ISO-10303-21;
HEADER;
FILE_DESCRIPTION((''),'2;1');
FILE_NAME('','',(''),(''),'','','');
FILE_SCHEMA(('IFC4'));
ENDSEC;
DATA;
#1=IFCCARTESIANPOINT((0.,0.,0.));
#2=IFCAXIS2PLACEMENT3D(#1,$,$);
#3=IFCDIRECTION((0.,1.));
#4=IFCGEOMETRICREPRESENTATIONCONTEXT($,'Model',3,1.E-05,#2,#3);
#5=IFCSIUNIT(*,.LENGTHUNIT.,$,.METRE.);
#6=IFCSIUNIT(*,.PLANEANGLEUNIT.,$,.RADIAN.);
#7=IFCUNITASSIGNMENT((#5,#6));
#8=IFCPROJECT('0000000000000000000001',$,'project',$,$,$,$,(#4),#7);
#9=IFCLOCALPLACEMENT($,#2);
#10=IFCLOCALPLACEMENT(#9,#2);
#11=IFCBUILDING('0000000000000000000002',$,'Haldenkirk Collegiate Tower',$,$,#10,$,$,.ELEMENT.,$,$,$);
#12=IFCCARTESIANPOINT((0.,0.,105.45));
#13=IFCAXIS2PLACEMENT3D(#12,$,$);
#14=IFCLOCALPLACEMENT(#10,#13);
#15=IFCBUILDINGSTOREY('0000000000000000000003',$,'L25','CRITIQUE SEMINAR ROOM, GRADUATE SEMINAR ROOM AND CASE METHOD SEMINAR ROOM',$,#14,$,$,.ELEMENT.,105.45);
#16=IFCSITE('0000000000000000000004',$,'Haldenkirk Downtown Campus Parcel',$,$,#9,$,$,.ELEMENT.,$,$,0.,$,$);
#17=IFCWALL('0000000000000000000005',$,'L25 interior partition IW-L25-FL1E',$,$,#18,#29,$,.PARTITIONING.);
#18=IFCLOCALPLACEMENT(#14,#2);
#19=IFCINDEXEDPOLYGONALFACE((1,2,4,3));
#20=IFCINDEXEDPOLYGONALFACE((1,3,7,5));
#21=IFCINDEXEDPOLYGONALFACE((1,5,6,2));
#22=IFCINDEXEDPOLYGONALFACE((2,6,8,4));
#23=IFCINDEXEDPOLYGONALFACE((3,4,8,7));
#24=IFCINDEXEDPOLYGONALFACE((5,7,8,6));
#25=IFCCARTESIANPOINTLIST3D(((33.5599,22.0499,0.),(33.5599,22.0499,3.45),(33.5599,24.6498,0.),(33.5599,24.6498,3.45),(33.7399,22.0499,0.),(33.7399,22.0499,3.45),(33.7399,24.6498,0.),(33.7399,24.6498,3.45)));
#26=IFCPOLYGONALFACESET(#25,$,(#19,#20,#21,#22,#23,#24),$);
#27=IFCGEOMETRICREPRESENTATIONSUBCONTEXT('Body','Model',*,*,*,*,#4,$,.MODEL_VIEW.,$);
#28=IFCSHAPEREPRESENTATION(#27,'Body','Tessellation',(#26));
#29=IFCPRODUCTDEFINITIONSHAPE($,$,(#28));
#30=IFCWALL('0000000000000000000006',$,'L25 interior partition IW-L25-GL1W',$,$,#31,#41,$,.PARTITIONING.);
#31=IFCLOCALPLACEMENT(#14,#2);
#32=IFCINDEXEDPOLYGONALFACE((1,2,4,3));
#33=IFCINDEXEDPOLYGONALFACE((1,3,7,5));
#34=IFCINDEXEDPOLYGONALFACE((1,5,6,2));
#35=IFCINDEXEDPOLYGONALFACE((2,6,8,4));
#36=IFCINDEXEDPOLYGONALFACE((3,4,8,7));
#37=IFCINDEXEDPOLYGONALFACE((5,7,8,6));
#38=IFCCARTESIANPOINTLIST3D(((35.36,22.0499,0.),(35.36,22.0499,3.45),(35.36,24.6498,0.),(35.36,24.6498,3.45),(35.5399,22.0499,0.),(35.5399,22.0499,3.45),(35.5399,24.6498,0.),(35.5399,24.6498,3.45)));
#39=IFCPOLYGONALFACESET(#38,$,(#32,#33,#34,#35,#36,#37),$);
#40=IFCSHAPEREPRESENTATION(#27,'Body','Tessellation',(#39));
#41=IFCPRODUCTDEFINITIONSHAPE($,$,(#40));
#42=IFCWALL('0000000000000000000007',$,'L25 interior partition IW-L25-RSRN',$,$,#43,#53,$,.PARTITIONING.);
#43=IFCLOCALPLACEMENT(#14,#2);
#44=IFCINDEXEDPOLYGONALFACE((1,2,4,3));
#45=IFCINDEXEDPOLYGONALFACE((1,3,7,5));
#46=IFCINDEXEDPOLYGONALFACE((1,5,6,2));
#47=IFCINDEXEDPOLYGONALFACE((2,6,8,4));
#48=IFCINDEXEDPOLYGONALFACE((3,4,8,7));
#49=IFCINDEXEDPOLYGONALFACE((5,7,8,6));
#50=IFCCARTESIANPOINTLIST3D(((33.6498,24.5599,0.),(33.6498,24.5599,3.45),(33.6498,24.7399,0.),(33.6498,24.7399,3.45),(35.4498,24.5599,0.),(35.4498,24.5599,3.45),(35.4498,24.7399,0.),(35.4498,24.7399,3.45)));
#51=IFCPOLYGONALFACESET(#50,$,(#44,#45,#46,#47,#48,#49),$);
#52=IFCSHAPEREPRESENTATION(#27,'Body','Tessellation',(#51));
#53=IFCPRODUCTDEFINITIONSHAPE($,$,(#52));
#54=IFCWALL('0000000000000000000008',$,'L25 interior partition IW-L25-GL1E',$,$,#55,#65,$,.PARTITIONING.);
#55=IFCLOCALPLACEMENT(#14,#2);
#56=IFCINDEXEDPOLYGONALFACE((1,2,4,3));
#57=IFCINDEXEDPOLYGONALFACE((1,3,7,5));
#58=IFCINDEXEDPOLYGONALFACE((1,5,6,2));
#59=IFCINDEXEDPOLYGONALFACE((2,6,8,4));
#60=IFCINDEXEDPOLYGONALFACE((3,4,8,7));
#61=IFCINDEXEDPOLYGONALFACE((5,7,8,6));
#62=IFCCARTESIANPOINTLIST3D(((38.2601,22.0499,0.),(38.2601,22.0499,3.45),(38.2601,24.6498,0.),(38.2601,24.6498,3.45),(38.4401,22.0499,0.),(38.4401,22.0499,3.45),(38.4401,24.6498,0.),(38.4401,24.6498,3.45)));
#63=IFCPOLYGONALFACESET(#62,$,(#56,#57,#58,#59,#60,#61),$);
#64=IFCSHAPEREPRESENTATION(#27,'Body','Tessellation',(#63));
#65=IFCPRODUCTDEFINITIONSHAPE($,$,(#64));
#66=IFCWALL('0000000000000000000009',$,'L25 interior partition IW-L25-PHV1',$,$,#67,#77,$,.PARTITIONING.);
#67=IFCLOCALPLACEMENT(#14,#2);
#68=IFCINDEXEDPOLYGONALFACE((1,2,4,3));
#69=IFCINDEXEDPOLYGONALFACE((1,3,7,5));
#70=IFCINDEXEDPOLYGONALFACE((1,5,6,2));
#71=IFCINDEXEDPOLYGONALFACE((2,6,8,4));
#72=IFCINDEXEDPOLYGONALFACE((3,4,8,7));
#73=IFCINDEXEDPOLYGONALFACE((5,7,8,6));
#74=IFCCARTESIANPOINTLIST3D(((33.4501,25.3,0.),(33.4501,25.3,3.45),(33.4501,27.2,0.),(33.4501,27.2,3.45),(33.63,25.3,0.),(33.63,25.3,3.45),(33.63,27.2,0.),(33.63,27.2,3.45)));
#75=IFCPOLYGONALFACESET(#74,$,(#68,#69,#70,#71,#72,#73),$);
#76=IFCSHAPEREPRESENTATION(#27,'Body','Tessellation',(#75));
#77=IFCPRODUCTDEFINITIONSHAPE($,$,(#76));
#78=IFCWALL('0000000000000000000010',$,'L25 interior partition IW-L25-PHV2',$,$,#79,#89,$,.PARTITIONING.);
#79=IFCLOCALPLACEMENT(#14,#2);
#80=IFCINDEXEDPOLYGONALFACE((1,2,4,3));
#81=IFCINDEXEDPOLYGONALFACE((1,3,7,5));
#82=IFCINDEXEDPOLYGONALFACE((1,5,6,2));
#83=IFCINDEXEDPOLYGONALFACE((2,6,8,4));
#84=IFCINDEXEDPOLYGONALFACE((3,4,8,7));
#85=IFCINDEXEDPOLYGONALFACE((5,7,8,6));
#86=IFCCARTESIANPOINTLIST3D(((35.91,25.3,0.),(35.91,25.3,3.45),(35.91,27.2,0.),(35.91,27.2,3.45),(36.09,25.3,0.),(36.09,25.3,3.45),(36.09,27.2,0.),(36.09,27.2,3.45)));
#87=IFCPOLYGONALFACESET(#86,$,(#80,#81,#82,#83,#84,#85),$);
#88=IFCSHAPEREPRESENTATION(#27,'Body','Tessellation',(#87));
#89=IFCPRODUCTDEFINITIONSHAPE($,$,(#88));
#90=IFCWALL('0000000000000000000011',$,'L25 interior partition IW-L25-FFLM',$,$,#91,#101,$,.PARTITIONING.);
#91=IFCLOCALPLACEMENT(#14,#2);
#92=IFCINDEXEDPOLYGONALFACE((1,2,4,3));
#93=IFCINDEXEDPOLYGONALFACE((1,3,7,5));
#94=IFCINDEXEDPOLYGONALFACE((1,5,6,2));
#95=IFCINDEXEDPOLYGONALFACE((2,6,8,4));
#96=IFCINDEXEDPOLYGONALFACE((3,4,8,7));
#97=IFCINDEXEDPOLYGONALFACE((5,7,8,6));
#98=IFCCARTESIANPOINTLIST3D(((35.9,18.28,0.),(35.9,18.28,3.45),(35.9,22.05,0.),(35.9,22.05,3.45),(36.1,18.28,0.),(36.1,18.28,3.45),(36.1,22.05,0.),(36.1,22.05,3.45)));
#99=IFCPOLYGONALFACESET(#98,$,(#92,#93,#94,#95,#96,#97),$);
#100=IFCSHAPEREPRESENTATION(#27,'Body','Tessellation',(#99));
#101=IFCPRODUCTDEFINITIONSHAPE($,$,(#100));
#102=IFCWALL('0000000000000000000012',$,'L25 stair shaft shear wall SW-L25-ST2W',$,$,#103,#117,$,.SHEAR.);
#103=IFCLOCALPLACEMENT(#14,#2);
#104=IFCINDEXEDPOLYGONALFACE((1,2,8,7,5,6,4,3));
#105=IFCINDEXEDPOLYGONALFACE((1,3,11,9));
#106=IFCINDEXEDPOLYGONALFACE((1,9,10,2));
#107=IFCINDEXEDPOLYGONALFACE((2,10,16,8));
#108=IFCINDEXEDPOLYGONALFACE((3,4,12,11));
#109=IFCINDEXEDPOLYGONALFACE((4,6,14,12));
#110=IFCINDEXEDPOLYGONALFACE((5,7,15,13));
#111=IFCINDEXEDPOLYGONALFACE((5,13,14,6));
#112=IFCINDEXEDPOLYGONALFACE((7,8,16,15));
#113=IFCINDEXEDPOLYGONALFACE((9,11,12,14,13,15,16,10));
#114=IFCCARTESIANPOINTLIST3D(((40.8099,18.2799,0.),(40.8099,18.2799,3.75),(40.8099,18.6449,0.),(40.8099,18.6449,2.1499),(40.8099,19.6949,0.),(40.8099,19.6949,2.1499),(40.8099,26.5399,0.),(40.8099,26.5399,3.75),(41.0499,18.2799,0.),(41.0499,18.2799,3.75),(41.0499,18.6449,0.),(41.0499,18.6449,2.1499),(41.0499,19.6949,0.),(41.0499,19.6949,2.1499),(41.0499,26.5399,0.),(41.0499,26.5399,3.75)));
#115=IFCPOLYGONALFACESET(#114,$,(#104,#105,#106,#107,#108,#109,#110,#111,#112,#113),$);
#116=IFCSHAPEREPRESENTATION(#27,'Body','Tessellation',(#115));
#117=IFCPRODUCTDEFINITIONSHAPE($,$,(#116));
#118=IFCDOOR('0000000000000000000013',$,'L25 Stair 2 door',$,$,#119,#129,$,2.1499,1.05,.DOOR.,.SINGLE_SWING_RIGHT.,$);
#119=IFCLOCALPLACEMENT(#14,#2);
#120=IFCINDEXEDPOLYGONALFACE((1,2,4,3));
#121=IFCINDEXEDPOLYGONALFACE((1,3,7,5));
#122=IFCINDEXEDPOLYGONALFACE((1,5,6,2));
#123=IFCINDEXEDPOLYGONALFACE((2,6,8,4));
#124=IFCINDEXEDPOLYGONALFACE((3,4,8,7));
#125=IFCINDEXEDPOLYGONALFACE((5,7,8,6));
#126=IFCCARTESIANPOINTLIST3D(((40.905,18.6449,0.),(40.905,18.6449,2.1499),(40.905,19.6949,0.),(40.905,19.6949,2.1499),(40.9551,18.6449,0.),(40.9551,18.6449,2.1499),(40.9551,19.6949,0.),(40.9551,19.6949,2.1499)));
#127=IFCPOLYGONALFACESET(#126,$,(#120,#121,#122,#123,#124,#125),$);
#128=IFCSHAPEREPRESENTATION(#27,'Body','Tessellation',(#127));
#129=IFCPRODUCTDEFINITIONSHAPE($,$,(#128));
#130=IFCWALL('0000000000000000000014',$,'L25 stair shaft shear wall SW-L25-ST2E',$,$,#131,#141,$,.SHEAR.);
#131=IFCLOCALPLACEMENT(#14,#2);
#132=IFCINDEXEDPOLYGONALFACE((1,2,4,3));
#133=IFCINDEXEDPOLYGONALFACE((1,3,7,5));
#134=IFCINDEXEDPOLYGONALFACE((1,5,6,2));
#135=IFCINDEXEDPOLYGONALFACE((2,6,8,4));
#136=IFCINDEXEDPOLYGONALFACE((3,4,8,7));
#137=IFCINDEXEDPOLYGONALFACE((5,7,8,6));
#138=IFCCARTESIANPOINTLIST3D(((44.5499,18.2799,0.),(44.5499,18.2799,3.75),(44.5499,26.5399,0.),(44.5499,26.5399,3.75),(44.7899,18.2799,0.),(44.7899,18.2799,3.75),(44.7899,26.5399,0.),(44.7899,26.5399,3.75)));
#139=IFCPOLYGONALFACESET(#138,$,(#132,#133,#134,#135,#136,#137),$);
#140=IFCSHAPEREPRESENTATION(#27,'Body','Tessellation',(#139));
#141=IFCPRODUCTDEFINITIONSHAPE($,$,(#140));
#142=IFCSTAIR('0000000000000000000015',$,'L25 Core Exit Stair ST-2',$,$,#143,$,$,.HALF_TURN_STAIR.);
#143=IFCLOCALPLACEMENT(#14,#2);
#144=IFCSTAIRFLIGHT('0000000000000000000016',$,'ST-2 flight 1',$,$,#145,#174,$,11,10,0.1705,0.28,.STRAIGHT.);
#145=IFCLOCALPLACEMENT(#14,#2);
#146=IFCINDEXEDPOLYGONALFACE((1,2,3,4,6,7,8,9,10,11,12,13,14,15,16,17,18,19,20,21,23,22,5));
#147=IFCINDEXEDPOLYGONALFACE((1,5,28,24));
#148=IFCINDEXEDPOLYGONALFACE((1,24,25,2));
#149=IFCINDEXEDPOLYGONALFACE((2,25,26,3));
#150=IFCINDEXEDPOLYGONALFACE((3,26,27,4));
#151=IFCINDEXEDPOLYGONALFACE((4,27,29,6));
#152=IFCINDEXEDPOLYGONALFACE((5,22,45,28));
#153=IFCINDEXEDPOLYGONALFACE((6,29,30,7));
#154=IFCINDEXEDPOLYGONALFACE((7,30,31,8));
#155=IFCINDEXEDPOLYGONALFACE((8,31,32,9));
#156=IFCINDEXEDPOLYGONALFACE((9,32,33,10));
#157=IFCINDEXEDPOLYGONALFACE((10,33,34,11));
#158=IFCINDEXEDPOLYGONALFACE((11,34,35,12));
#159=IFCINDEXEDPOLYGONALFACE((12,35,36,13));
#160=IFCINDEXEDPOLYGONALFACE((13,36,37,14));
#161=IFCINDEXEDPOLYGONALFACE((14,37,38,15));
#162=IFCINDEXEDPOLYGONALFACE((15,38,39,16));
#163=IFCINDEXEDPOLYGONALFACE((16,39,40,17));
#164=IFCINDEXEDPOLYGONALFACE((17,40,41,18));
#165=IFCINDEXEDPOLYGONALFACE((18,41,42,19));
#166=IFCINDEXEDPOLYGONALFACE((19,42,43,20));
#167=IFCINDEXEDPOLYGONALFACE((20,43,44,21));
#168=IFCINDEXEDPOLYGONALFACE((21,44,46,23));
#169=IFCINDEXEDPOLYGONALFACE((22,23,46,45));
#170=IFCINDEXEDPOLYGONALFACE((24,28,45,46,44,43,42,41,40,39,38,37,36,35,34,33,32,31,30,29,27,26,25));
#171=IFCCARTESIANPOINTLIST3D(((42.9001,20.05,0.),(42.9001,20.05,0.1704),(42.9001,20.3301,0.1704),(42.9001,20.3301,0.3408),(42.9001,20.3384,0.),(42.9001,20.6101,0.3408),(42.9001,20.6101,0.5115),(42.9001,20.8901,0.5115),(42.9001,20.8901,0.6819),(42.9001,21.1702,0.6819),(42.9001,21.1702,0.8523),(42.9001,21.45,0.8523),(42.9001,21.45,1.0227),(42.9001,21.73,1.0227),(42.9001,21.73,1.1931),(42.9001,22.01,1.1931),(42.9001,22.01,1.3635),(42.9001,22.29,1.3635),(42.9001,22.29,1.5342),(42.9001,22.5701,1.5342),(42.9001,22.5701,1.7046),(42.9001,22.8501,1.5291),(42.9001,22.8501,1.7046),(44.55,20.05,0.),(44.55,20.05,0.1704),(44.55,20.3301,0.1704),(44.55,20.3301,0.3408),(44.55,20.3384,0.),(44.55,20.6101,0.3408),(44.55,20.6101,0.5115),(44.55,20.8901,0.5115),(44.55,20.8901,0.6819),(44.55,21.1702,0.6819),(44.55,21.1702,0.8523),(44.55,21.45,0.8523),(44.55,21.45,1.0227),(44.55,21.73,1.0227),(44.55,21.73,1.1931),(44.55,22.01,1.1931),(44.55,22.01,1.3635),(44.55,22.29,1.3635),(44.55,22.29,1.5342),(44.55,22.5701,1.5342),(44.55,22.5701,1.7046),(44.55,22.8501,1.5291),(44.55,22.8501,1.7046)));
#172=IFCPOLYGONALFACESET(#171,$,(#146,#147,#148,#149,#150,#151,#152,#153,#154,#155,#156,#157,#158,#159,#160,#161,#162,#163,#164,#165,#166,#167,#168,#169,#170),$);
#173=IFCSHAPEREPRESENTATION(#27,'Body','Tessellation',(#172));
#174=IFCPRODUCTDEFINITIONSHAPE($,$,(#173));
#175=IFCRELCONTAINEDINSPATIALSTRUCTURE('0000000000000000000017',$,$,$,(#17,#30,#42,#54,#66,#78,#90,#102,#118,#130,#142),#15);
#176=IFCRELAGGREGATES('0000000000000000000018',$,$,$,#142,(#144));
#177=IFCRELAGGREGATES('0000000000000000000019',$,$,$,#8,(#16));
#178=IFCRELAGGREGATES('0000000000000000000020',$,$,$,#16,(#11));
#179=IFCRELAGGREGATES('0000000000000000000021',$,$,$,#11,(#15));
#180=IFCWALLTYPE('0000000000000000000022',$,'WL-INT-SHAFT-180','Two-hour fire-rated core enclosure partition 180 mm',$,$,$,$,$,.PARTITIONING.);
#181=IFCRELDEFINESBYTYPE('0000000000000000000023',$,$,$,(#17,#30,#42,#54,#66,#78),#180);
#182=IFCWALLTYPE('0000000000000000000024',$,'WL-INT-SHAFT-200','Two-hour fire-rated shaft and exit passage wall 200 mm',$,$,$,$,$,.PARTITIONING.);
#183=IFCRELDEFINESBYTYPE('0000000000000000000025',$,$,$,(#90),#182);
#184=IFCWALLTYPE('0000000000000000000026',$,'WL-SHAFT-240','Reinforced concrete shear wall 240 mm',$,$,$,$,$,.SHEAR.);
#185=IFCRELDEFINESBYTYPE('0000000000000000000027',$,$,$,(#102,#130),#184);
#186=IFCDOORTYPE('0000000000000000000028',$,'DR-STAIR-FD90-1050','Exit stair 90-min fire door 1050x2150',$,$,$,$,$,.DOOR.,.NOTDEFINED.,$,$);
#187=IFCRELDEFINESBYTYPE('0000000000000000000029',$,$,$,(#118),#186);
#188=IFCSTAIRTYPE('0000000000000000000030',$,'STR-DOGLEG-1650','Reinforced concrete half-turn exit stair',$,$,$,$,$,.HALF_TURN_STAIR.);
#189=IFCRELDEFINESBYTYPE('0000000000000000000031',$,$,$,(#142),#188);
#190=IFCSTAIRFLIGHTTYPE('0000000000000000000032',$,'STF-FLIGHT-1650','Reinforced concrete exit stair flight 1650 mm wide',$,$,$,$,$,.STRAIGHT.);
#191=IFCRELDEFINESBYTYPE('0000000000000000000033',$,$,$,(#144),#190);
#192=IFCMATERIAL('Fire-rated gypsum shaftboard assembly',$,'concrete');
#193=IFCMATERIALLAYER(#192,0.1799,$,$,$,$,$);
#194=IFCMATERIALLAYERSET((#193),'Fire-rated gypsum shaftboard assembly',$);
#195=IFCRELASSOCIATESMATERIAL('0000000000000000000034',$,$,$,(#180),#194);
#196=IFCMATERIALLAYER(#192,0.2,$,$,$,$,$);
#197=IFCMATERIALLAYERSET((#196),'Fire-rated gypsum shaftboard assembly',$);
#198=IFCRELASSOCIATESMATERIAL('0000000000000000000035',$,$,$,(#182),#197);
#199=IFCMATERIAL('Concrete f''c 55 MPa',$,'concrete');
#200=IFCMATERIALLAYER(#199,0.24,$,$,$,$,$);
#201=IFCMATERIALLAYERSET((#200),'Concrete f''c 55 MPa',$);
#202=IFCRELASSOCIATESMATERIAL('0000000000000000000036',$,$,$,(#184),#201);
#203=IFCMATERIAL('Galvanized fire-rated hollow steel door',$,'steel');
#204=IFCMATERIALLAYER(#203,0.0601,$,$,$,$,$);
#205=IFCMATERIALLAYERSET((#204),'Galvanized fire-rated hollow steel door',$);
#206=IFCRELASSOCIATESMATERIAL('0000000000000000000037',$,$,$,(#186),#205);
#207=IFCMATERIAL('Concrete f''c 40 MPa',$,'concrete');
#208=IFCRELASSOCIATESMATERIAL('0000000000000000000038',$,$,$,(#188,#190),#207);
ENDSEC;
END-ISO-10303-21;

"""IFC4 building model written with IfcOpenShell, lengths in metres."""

from ifc_helpers import new_model, si_unit, direction, frame, frame_2d, origin, place, context, subcontext, project, spatial, polyline, rectangle, outline, extrude, material, layer, layer_set, type_object, element, fill, aggregate, save


model = new_model("IFC4")

# Units and contexts
model_context = context("Model", 3, precision=1e-05, world=origin(), true_north=direction((0.0, 1.0)))
body_context = subcontext(model_context, "Body", "Model", "MODEL_VIEW")
ifc_project = project(units=[si_unit("LENGTHUNIT", "METRE"), si_unit("PLANEANGLEUNIT", "RADIAN")], contexts=[model_context])

# Site, building, storey
site_placement = place(None, origin())
site = spatial("IfcSite", under=ifc_project, at=site_placement, Name="Haldenkirk Downtown Campus Parcel", CompositionType="ELEMENT", RefElevation=0.0)
building_placement = place(site_placement, origin())
building = spatial("IfcBuilding", under=site, at=building_placement, Name="Haldenkirk Collegiate Tower", CompositionType="ELEMENT")
storey_placement = place(building_placement, frame((0.0, 0.0, 105.45)))
storey = spatial("IfcBuildingStorey", under=building, at=storey_placement, Name="L25", Description="CRITIQUE SEMINAR ROOM, GRADUATE SEMINAR ROOM AND CASE METHOD SEMINAR ROOM", CompositionType="ELEMENT", Elevation=105.45)

# Walls
ifc_material_1 = material(Name="Fire-rated gypsum shaftboard assembly", Category="concrete")
ifc_layer_1 = layer(ifc_material_1, 0.1799)
ifc_layer_set_1 = layer_set([ifc_layer_1], Name="Fire-rated gypsum shaftboard assembly")
wall_type_1 = type_object("IfcWallType", Name="WL-INT-SHAFT-180", Description="Two-hour fire-rated core enclosure partition 180 mm", PredefinedType="PARTITIONING", material=ifc_layer_set_1)
for number, where, z_axis, x_axis, name in (
    (1, (33.6499, 22.05, 0.0), (0.0, 0.0, 1.0), (0.0, 1.0, 0.0), "L25 interior partition IW-L25-FL1E"),
    (2, (35.45, 22.05, 0.0), (0.0, 0.0, 1.0), (0.0, 1.0, 0.0), "L25 interior partition IW-L25-GL1W"),
):
    element("IfcWall", number, at=place(storey_placement, frame(where, z_axis=z_axis, x_axis=x_axis)), inside=storey, type_object=wall_type_1, Name=name, PredefinedType="PARTITIONING", context=body_context, shape_type="SweptSolid", body=[
        extrude(rectangle(XDim=2.5999, YDim=0.1799, at=frame_2d((1.2998, 0.0))), origin(), (0.0, 0.0, 1.0), 3.45),
    ])
wall_1_placement = place(storey_placement, frame((33.6499, 24.6499, 0.0), z_axis=(0.0, 0.0, 1.0), x_axis=(1.0, 0.0, 0.0)))
element("IfcWall", 3, at=wall_1_placement, inside=storey, type_object=wall_type_1, Name="L25 interior partition IW-L25-RSRN", PredefinedType="PARTITIONING", context=body_context, shape_type="SweptSolid", body=[
    extrude(rectangle(XDim=1.8, YDim=0.1799, at=frame_2d((0.8999, 0.0))), origin(), (0.0, 0.0, 1.0), 3.45),
])
wall_2_placement = place(storey_placement, frame((38.3501, 22.05, 0.0), z_axis=(0.0, 0.0, 1.0), x_axis=(0.0, 1.0, 0.0)))
element("IfcWall", 4, at=wall_2_placement, inside=storey, type_object=wall_type_1, Name="L25 interior partition IW-L25-GL1E", PredefinedType="PARTITIONING", context=body_context, shape_type="SweptSolid", body=[
    extrude(rectangle(XDim=2.5999, YDim=0.1799, at=frame_2d((1.2998, 0.0))), origin(), (0.0, 0.0, 1.0), 3.45),
])
for number, where, z_axis, x_axis, name in (
    (5, (33.54, 25.3, 0.0), (0.0, 0.0, 1.0), (0.0, 1.0, 0.0), "L25 interior partition IW-L25-PHV1"),
    (6, (36.0, 25.3, 0.0), (0.0, 0.0, 1.0), (0.0, 1.0, 0.0), "L25 interior partition IW-L25-PHV2"),
):
    element("IfcWall", number, at=place(storey_placement, frame(where, z_axis=z_axis, x_axis=x_axis)), inside=storey, type_object=wall_type_1, Name=name, PredefinedType="PARTITIONING", context=body_context, shape_type="SweptSolid", body=[
        extrude(rectangle(XDim=1.8999, YDim=0.1799, at=frame_2d((0.95, 0.0))), origin(), (0.0, 0.0, 1.0), 3.45),
    ])
ifc_layer_2 = layer(ifc_material_1, 0.2)
ifc_layer_set_2 = layer_set([ifc_layer_2], Name="Fire-rated gypsum shaftboard assembly")
wall_type_2 = type_object("IfcWallType", Name="WL-INT-SHAFT-200", Description="Two-hour fire-rated shaft and exit passage wall 200 mm", PredefinedType="PARTITIONING", material=ifc_layer_set_2)
wall_3_placement = place(storey_placement, frame((36.0, 18.28, 0.0), z_axis=(0.0, 0.0, 1.0), x_axis=(0.0, 1.0, 0.0)))
element("IfcWall", 7, at=wall_3_placement, inside=storey, type_object=wall_type_2, Name="L25 interior partition IW-L25-FFLM", PredefinedType="PARTITIONING", context=body_context, shape_type="SweptSolid", body=[
    extrude(rectangle(XDim=3.77, YDim=0.2, at=frame_2d((1.885, 0.0))), origin(), (0.0, 0.0, 1.0), 3.45),
])

# Wall, opening, door
ifc_material_2 = material(Name="Concrete f'c 55 MPa", Category="concrete")
ifc_layer_3 = layer(ifc_material_2, 0.24)
ifc_layer_set_3 = layer_set([ifc_layer_3], Name="Concrete f'c 55 MPa")
wall_type_3 = type_object("IfcWallType", Name="WL-SHAFT-240", Description="Reinforced concrete shear wall 240 mm", PredefinedType="SHEAR", material=ifc_layer_set_3)
wall_4_placement = place(storey_placement, frame((40.9299, 18.28, 0.0), z_axis=(0.0, 0.0, 1.0), x_axis=(0.0, 1.0, 0.0)))
wall_4 = element("IfcWall", 8, at=wall_4_placement, inside=storey, type_object=wall_type_3, Name="L25 stair shaft shear wall SW-L25-ST2W", PredefinedType="SHEAR", context=body_context, shape_type="SweptSolid", body=[
    extrude(rectangle(XDim=8.26, YDim=0.24, at=frame_2d((4.1299, 0.0))), origin(), (0.0, 0.0, 1.0), 3.75),
])
opening_1_placement = place(wall_4_placement, frame((0.365, 0.0, 0.0)))
opening_1 = element("IfcOpeningElement", 9, at=opening_1_placement, cuts=wall_4, PredefinedType="OPENING", context=body_context, shape_type="SweptSolid", body=[
    extrude(rectangle(XDim=1.05, YDim=2.1499, at=frame_2d((0.5249, 1.075))), frame((0.0, 0.1299, 0.0), z_axis=(0.0, -1.0, 0.0), x_axis=(1.0, 0.0, 0.0)), (0.0, 0.0, 1.0), 0.26),
])
ifc_material_3 = material(Name="Galvanized fire-rated hollow steel door", Category="steel")
ifc_layer_4 = layer(ifc_material_3, 0.0601)
ifc_layer_set_4 = layer_set([ifc_layer_4], Name="Galvanized fire-rated hollow steel door")
door_type_1 = type_object("IfcDoorType", Name="DR-STAIR-FD90-1050", Description="Exit stair 90-min fire door 1050x2150", OperationType="NOTDEFINED", PredefinedType="DOOR", material=ifc_layer_set_4)
door_1_placement = place(opening_1_placement, origin())
door_1 = element("IfcDoor", 10, at=door_1_placement, inside=storey, type_object=door_type_1, Name="L25 Stair 2 door", OperationType="SINGLE_SWING_RIGHT", OverallHeight=2.1499, OverallWidth=1.05, PredefinedType="DOOR", context=body_context, shape_type="SweptSolid", body=[
    extrude(rectangle(XDim=1.05, YDim=2.1499, at=frame_2d((0.5249, 1.075))), frame((0.0, 0.0249, 0.0), z_axis=(0.0, -1.0, 0.0), x_axis=(1.0, 0.0, 0.0)), (0.0, 0.0, 1.0), 0.05),
])
fill(opening_1, door_1)

# Wall
wall_5_placement = place(storey_placement, frame((44.6699, 18.28, 0.0), z_axis=(0.0, 0.0, 1.0), x_axis=(0.0, 1.0, 0.0)))
element("IfcWall", 11, at=wall_5_placement, inside=storey, type_object=wall_type_3, Name="L25 stair shaft shear wall SW-L25-ST2E", PredefinedType="SHEAR", context=body_context, shape_type="SweptSolid", body=[
    extrude(rectangle(XDim=8.26, YDim=0.24, at=frame_2d((4.1299, 0.0))), origin(), (0.0, 0.0, 1.0), 3.75),
])

# Stair, stair flight
ifc_material_4 = material(Name="Concrete f'c 40 MPa", Category="concrete")
stair_type = type_object("IfcStairType", Name="STR-DOGLEG-1650", Description="Reinforced concrete half-turn exit stair", PredefinedType="HALF_TURN_STAIR", material=ifc_material_4)
stair_placement = place(storey_placement, origin())
stair = element("IfcStair", 12, at=stair_placement, inside=storey, type_object=stair_type, Name="L25 Core Exit Stair ST-2", PredefinedType="HALF_TURN_STAIR")
stair_flight_type = type_object("IfcStairFlightType", Name="STF-FLIGHT-1650", Description="Reinforced concrete exit stair flight 1650 mm wide", PredefinedType="STRAIGHT", material=ifc_material_4)
stair_flight_1_placement = place(storey_placement, frame((43.7251, 20.05, 0.0), z_axis=(0.0, 0.0, 1.0), x_axis=(0.0, 1.0, 0.0)))
stair_flight_1 = element("IfcStairFlight", 13, at=stair_flight_1_placement, type_object=stair_flight_type, Name="ST-2 flight 1", NumberOfRisers=11, NumberOfTreads=10, PredefinedType="STRAIGHT", RiserHeight=0.1705, TreadLength=0.28, context=body_context, shape_type="SweptSolid", body=[
    extrude(outline(polyline([(0.0, 0.0), (0.0, 0.1704), (0.28, 0.1704), (0.28, 0.3408), (0.5601, 0.3408), (0.5601, 0.5115), (0.8401, 0.5115), (0.8401, 0.6819), (1.1201, 0.6819), (1.1201, 0.8523), (1.3999, 0.8523), (1.3999, 1.0227), (1.6799, 1.0227), (1.6799, 1.1931), (1.96, 1.1931), (1.96, 1.3635), (2.24, 1.3635), (2.24, 1.5342), (2.52, 1.5342), (2.52, 1.7046), (2.8, 1.7046), (2.8, 1.875), (2.8, 1.5291), (0.2883, 0.0), (0.0, 0.0)])), frame((0.0, 0.825, 0.0), z_axis=(0.0, -1.0, 0.0), x_axis=(1.0, 0.0, 0.0)), (0.0, 0.0, 1.0), 1.6499),
])
aggregate(stair, [stair_flight_1])

save(model, "model.ifc")
